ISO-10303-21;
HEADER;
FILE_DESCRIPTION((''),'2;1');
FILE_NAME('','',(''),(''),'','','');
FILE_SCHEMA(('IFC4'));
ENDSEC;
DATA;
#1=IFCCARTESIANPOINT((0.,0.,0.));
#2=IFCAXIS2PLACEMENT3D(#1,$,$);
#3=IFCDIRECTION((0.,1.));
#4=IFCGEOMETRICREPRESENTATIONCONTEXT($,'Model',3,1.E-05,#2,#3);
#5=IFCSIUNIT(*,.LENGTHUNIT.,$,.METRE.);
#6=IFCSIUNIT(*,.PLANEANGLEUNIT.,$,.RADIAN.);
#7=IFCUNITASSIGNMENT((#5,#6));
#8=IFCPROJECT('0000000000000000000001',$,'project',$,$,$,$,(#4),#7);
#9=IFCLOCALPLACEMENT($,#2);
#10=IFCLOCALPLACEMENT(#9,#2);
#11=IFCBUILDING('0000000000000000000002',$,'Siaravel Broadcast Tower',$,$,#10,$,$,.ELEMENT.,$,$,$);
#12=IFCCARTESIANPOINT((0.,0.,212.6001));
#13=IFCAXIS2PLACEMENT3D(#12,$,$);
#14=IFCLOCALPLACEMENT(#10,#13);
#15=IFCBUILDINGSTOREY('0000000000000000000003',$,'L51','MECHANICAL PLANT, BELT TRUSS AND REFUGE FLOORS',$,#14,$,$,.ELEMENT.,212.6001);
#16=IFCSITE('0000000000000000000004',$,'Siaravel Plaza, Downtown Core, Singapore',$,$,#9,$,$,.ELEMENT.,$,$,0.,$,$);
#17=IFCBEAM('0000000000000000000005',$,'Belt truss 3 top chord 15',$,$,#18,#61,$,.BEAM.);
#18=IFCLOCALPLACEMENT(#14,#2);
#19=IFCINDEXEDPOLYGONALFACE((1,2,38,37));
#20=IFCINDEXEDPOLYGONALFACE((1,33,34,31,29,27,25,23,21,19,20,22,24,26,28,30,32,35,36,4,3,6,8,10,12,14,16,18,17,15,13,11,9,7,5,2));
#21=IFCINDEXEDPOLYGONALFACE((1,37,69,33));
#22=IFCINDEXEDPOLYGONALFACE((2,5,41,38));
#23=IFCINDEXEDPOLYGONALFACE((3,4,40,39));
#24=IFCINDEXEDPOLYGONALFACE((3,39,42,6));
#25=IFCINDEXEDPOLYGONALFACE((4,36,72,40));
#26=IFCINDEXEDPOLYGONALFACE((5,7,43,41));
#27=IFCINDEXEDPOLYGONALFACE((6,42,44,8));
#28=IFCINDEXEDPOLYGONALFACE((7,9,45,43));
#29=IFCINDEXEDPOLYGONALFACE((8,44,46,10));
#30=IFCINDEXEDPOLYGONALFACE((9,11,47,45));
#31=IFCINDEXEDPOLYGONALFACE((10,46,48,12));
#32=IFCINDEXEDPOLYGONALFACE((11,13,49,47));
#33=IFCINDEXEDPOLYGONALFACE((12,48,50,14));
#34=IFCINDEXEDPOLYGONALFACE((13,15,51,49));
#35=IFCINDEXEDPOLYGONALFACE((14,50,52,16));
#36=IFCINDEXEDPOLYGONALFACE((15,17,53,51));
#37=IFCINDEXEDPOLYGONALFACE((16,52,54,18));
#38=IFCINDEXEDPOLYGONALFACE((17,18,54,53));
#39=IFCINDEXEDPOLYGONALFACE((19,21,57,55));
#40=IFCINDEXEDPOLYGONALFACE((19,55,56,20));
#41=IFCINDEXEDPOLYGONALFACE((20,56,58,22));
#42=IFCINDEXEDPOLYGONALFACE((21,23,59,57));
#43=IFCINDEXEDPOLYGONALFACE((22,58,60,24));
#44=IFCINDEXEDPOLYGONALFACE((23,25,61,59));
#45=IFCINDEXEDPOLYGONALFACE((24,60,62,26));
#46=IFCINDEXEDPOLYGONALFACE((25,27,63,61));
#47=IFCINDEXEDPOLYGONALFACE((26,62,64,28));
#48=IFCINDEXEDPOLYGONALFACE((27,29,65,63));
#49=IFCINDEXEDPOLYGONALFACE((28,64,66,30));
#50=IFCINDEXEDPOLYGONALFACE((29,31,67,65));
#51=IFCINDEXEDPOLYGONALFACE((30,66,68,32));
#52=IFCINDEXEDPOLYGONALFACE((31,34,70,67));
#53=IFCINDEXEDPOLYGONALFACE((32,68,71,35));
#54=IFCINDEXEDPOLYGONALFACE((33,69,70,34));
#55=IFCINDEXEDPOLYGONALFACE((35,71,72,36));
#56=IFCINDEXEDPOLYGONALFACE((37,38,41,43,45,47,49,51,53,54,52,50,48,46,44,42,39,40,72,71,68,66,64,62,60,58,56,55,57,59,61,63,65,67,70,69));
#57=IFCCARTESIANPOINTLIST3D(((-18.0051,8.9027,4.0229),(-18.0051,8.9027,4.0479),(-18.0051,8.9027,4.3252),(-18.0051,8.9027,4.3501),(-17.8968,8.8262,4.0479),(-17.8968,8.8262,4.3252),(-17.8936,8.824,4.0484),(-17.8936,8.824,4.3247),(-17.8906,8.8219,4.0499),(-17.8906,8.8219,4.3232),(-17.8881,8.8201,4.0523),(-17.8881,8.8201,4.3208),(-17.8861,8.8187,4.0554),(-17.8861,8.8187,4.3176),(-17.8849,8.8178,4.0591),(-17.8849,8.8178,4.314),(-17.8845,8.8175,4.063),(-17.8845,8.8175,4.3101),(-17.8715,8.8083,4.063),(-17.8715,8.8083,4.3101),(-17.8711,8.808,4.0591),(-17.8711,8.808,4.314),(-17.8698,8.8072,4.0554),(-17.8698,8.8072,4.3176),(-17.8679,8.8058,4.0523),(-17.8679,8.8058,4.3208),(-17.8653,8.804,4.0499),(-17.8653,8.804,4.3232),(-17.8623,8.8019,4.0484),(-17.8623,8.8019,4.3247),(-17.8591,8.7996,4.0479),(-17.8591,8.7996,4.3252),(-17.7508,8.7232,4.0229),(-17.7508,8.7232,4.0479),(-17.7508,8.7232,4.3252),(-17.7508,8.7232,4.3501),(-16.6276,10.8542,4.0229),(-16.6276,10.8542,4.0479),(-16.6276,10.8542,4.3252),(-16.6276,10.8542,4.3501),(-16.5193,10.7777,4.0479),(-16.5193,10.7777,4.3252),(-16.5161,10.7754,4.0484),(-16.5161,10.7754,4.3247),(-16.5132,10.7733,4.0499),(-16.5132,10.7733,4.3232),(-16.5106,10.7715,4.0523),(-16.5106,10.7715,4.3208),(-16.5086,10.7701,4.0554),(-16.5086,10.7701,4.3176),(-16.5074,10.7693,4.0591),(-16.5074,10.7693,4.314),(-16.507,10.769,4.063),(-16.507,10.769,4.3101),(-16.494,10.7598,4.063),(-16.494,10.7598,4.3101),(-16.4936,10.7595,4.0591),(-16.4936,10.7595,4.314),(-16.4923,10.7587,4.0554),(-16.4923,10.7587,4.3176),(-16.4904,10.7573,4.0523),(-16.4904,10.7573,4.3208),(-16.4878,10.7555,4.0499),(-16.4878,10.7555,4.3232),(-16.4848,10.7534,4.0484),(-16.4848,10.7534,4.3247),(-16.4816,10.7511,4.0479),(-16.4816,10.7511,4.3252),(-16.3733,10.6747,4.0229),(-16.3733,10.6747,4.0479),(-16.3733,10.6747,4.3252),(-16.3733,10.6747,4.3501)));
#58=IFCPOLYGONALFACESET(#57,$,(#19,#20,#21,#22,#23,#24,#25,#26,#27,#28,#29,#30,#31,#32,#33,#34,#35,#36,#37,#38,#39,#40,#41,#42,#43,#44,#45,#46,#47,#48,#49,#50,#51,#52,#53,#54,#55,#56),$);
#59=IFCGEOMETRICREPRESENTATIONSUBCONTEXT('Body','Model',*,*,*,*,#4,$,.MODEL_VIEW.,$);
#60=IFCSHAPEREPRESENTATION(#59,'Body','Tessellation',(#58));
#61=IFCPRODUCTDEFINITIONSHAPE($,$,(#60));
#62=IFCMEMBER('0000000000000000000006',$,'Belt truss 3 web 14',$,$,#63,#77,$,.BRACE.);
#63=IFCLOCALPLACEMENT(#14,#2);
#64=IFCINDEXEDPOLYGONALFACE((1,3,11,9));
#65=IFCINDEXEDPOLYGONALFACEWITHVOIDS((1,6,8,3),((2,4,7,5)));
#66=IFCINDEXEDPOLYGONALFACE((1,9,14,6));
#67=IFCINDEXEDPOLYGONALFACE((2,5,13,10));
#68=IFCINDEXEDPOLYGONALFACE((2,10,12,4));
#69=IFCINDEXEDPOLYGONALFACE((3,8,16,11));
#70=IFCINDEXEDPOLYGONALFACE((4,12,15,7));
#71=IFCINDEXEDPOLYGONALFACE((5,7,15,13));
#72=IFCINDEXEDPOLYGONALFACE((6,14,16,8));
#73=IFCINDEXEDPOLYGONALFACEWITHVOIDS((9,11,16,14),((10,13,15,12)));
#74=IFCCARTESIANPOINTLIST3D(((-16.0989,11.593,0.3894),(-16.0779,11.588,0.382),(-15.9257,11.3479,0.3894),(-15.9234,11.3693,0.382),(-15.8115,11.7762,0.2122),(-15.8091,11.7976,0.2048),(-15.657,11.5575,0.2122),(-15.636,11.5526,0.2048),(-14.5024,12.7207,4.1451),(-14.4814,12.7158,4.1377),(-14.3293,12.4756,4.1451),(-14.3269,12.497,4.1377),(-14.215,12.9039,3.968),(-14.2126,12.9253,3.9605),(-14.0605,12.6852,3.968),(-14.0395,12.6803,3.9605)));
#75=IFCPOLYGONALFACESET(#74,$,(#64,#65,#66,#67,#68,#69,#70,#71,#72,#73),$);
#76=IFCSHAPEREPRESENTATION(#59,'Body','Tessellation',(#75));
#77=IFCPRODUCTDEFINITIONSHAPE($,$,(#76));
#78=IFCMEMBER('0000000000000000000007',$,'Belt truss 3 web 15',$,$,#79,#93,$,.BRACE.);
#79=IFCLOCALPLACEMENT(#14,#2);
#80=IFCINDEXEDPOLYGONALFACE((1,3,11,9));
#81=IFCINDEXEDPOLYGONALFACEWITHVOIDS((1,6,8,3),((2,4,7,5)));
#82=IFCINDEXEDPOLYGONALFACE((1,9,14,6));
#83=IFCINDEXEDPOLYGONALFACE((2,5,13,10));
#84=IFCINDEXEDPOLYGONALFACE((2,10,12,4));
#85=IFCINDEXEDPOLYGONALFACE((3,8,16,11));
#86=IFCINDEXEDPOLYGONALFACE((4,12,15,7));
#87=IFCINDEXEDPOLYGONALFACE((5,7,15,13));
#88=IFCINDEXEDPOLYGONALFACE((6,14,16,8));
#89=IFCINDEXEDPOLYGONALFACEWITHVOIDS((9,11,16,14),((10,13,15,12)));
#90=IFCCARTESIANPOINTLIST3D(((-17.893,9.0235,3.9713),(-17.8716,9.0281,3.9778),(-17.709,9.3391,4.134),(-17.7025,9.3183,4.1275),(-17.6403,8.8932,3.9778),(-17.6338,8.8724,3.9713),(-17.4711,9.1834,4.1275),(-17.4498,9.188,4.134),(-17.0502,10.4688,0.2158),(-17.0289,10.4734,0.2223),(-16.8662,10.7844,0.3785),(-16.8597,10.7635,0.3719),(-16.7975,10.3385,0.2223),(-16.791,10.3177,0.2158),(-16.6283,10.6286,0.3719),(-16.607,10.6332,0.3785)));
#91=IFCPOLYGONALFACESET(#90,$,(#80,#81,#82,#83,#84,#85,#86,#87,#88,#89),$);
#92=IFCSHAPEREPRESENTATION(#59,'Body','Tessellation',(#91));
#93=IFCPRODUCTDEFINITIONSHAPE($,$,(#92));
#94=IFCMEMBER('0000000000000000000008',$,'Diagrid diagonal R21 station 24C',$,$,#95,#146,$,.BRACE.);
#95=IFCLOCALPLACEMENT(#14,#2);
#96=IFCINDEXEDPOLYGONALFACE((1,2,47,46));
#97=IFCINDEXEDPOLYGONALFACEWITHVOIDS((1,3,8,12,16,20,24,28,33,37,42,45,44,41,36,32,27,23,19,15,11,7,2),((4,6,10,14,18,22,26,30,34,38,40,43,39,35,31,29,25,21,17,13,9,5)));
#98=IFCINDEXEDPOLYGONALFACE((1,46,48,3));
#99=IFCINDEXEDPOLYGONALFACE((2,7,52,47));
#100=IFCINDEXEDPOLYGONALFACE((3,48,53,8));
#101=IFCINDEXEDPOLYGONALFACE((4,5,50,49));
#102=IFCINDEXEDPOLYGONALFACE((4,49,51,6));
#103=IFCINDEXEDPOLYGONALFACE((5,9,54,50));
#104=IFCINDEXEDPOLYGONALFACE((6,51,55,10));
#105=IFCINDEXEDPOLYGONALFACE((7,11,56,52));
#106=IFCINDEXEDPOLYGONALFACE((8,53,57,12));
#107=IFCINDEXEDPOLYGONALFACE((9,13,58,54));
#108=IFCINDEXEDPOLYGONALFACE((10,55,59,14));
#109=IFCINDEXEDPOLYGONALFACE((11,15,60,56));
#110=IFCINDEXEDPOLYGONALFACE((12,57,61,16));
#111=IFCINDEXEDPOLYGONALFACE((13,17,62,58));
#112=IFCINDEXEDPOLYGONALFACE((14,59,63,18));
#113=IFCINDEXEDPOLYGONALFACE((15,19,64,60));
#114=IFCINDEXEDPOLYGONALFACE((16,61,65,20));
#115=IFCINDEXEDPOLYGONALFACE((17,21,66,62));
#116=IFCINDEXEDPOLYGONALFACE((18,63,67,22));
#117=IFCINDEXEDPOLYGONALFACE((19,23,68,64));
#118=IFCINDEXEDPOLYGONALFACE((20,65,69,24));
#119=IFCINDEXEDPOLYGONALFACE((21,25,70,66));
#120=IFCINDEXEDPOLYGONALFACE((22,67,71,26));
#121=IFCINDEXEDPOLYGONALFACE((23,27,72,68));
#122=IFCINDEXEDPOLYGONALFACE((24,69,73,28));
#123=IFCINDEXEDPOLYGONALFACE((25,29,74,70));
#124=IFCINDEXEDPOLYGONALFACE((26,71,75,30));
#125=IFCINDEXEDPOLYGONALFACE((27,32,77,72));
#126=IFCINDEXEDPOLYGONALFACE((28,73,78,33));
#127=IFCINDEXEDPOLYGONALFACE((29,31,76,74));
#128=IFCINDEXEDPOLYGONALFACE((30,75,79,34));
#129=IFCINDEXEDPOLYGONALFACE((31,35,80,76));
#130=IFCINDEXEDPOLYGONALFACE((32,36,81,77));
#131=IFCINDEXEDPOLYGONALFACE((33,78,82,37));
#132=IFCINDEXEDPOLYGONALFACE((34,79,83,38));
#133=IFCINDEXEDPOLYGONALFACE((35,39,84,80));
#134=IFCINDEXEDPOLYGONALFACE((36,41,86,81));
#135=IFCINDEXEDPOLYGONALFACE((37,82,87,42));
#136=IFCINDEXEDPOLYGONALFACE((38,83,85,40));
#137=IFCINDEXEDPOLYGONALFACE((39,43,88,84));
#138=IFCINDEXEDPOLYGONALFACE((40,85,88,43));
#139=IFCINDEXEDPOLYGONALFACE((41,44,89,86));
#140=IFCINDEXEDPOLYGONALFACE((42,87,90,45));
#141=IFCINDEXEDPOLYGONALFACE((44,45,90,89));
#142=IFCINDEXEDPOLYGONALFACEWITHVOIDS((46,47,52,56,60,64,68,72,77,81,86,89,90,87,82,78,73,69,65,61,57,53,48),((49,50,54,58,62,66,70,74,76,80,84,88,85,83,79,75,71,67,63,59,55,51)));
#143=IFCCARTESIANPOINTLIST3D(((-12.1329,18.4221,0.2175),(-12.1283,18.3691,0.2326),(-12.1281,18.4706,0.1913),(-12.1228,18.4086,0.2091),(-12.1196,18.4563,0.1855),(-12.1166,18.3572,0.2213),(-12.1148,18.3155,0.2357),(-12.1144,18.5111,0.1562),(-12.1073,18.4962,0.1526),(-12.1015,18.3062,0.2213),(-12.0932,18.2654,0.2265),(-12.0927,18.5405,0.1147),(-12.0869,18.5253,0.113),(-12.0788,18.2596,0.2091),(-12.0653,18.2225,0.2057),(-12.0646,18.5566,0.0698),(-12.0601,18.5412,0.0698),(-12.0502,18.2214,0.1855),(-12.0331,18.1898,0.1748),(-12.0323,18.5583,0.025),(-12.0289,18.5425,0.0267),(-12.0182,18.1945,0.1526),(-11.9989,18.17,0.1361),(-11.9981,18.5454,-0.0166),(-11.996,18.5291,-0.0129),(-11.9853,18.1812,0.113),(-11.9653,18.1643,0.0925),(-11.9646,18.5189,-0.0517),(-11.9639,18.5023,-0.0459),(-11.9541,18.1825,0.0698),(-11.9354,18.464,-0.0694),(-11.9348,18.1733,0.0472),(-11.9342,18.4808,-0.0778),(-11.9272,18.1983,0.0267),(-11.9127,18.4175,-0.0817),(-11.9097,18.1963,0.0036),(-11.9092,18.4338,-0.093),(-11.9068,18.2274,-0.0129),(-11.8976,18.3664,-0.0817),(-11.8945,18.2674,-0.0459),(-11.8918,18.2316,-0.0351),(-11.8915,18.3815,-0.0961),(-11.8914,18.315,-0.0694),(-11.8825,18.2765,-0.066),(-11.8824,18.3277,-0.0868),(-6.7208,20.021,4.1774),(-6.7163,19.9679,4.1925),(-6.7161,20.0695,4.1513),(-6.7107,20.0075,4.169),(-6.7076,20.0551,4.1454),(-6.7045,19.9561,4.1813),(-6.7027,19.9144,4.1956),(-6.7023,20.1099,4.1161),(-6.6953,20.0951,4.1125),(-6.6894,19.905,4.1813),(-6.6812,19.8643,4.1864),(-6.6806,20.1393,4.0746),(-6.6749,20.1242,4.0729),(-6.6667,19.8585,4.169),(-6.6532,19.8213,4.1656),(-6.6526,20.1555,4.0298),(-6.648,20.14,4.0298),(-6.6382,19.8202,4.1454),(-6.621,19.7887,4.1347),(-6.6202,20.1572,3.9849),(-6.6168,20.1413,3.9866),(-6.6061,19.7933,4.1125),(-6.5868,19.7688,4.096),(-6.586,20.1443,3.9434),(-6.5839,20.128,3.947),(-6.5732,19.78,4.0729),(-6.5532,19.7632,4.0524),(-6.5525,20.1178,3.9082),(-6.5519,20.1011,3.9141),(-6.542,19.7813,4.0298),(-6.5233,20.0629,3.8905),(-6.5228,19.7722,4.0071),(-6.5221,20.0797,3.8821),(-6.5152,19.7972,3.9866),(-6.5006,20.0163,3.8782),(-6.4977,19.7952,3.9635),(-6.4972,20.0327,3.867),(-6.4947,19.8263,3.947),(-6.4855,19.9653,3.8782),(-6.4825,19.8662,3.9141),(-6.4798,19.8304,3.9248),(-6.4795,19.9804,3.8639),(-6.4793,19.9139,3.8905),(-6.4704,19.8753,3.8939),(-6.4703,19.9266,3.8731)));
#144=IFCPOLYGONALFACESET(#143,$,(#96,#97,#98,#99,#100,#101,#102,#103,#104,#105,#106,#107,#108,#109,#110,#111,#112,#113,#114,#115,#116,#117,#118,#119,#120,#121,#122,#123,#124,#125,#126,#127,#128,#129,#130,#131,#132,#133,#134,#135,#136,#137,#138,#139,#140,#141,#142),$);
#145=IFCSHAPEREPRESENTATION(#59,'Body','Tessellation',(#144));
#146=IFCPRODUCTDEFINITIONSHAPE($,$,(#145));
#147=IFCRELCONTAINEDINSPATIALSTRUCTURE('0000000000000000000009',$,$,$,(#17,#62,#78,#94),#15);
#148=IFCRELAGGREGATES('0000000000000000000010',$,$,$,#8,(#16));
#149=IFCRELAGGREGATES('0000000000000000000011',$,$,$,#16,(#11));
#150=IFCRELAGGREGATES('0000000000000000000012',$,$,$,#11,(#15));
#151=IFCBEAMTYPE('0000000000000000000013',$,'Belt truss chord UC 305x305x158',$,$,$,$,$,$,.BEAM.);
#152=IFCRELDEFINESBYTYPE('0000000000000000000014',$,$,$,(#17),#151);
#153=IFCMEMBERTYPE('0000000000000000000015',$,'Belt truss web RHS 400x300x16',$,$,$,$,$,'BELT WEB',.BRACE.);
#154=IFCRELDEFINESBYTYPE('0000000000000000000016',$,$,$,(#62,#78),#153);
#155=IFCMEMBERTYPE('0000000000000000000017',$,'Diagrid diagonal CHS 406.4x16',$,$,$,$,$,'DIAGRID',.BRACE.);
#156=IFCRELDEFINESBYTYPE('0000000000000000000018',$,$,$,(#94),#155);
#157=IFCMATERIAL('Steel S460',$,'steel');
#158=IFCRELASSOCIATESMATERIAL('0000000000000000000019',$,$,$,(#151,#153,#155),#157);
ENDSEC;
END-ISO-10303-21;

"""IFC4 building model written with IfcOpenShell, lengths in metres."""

from ifc_helpers import new_model, si_unit, direction, frame, origin, origin_2d, place, context, subcontext, project, spatial, hollow_rectangle, hollow_circle, i_section, extrude, material, material_profile, profile_set, type_object, element, save


model = new_model("IFC4")

# Units and contexts
model_context = context("Model", 3, precision=1e-05, world=origin(), true_north=direction((0.0, 1.0)))
body_context = subcontext(model_context, "Body", "Model", "MODEL_VIEW")
ifc_project = project(units=[si_unit("LENGTHUNIT", "METRE"), si_unit("PLANEANGLEUNIT", "RADIAN")], contexts=[model_context])

# Site, building, storey
site_placement = place(None, origin())
site = spatial("IfcSite", under=ifc_project, at=site_placement, Name="Siaravel Plaza, Downtown Core, Singapore", CompositionType="ELEMENT", RefElevation=0.0)
building_placement = place(site_placement, origin())
building = spatial("IfcBuilding", under=site, at=building_placement, Name="Siaravel Broadcast Tower", CompositionType="ELEMENT")
storey_placement = place(building_placement, frame((0.0, 0.0, 212.6001)))
storey = spatial("IfcBuildingStorey", under=building, at=storey_placement, Name="L51", Description="MECHANICAL PLANT, BELT TRUSS AND REFUGE FLOORS", CompositionType="ELEMENT", Elevation=212.6001)

# Beam
ifc_material_1 = material(Name="Steel S460", Category="steel")
ifc_material_profile_1 = material_profile(ifc_material_1, i_section(OverallWidth=0.3113, OverallDepth=0.3271, WebThickness=0.0159, FlangeThickness=0.0249, FilletRadius=0.0151, at=origin_2d()))
ifc_profile_set_1 = profile_set([ifc_material_profile_1], Name="Steel S460")
beam_type_1 = type_object("IfcBeamType", Name="Belt truss chord UC 305x305x158", PredefinedType="BEAM", material=ifc_profile_set_1)
beam_1_placement = place(storey_placement, frame((-16.5005, 10.7644, 4.1865), z_axis=(-0.576675, -0.816974, 0.0), x_axis=(0.816974, -0.576675, 0.0)))
element("IfcBeam", 1, at=beam_1_placement, inside=storey, type_object=beam_type_1, Name="Belt truss 3 top chord 15", PredefinedType="BEAM", context=body_context, shape_type="SweptSolid", body=[
    extrude(i_section(OverallWidth=0.3113, OverallDepth=0.3271, WebThickness=0.0159, FlangeThickness=0.0249, FilletRadius=0.0151, at=origin_2d()), origin(), (0.0, 0.0, 1.0), 2.3887),
])

# Members
ifc_material_profile_2 = material_profile(ifc_material_1, hollow_rectangle(XDim=0.3, YDim=0.3999, WallThickness=0.0161, at=origin_2d()))
ifc_profile_set_2 = profile_set([ifc_material_profile_2], Name="Steel S460")
member_type_1 = type_object("IfcMemberType", Name="Belt truss web RHS 400x300x16", ElementType="BELT WEB", PredefinedType="BRACE", material=ifc_profile_set_2)
member_1_placement = place(storey_placement, frame((-15.8674, 11.5728, 0.2971), z_axis=(0.377071, 0.266354, 0.887059), x_axis=(-0.576953, 0.816777, 0.0)))
element("IfcMember", 2, at=member_1_placement, inside=storey, type_object=member_type_1, Name="Belt truss 3 web 14", PredefinedType="BRACE", context=body_context, shape_type="SweptSolid", body=[
    extrude(hollow_rectangle(XDim=0.3, YDim=0.3999, WallThickness=0.0161, at=origin_2d()), origin(), (0.0, 0.0, 1.0), 4.2339),
])
member_2_placement = place(storey_placement, frame((-16.8286, 10.551, 0.2971), z_axis=(-0.204983, -0.351535, 0.913458), x_axis=(0.863864, -0.503726, 0.0)))
element("IfcMember", 3, at=member_2_placement, inside=storey, type_object=member_type_1, Name="Belt truss 3 web 15", PredefinedType="BRACE", context=body_context, shape_type="SweptSolid", body=[
    extrude(hollow_rectangle(XDim=0.3, YDim=0.3999, WallThickness=0.0161, at=origin_2d()), origin(), (0.0, 0.0, 1.0), 4.1113),
])
ifc_material_profile_3 = material_profile(ifc_material_1, hollow_circle(Radius=0.2031, WallThickness=0.0161, at=origin_2d()))
ifc_profile_set_3 = profile_set([ifc_material_profile_3], Name="Steel S460")
member_type_2 = type_object("IfcMemberType", Name="Diagrid diagonal CHS 406.4x16", ElementType="DIAGRID", PredefinedType="BRACE", material=ifc_profile_set_3)
member_3_placement = place(storey_placement, frame((-12.0071, 18.3618, 0.0698), z_axis=(0.785035, 0.23192, 0.574398), x_axis=(-0.283321, 0.959025, 0.0)))
element("IfcMember", 4, at=member_3_placement, inside=storey, type_object=member_type_2, Name="Diagrid diagonal R21 station 24C", PredefinedType="BRACE", context=body_context, shape_type="SweptSolid", body=[
    extrude(hollow_circle(Radius=0.2031, WallThickness=0.0161, at=origin_2d()), origin(), (0.0, 0.0, 1.0), 6.894),
])

save(model, "model.ifc")
